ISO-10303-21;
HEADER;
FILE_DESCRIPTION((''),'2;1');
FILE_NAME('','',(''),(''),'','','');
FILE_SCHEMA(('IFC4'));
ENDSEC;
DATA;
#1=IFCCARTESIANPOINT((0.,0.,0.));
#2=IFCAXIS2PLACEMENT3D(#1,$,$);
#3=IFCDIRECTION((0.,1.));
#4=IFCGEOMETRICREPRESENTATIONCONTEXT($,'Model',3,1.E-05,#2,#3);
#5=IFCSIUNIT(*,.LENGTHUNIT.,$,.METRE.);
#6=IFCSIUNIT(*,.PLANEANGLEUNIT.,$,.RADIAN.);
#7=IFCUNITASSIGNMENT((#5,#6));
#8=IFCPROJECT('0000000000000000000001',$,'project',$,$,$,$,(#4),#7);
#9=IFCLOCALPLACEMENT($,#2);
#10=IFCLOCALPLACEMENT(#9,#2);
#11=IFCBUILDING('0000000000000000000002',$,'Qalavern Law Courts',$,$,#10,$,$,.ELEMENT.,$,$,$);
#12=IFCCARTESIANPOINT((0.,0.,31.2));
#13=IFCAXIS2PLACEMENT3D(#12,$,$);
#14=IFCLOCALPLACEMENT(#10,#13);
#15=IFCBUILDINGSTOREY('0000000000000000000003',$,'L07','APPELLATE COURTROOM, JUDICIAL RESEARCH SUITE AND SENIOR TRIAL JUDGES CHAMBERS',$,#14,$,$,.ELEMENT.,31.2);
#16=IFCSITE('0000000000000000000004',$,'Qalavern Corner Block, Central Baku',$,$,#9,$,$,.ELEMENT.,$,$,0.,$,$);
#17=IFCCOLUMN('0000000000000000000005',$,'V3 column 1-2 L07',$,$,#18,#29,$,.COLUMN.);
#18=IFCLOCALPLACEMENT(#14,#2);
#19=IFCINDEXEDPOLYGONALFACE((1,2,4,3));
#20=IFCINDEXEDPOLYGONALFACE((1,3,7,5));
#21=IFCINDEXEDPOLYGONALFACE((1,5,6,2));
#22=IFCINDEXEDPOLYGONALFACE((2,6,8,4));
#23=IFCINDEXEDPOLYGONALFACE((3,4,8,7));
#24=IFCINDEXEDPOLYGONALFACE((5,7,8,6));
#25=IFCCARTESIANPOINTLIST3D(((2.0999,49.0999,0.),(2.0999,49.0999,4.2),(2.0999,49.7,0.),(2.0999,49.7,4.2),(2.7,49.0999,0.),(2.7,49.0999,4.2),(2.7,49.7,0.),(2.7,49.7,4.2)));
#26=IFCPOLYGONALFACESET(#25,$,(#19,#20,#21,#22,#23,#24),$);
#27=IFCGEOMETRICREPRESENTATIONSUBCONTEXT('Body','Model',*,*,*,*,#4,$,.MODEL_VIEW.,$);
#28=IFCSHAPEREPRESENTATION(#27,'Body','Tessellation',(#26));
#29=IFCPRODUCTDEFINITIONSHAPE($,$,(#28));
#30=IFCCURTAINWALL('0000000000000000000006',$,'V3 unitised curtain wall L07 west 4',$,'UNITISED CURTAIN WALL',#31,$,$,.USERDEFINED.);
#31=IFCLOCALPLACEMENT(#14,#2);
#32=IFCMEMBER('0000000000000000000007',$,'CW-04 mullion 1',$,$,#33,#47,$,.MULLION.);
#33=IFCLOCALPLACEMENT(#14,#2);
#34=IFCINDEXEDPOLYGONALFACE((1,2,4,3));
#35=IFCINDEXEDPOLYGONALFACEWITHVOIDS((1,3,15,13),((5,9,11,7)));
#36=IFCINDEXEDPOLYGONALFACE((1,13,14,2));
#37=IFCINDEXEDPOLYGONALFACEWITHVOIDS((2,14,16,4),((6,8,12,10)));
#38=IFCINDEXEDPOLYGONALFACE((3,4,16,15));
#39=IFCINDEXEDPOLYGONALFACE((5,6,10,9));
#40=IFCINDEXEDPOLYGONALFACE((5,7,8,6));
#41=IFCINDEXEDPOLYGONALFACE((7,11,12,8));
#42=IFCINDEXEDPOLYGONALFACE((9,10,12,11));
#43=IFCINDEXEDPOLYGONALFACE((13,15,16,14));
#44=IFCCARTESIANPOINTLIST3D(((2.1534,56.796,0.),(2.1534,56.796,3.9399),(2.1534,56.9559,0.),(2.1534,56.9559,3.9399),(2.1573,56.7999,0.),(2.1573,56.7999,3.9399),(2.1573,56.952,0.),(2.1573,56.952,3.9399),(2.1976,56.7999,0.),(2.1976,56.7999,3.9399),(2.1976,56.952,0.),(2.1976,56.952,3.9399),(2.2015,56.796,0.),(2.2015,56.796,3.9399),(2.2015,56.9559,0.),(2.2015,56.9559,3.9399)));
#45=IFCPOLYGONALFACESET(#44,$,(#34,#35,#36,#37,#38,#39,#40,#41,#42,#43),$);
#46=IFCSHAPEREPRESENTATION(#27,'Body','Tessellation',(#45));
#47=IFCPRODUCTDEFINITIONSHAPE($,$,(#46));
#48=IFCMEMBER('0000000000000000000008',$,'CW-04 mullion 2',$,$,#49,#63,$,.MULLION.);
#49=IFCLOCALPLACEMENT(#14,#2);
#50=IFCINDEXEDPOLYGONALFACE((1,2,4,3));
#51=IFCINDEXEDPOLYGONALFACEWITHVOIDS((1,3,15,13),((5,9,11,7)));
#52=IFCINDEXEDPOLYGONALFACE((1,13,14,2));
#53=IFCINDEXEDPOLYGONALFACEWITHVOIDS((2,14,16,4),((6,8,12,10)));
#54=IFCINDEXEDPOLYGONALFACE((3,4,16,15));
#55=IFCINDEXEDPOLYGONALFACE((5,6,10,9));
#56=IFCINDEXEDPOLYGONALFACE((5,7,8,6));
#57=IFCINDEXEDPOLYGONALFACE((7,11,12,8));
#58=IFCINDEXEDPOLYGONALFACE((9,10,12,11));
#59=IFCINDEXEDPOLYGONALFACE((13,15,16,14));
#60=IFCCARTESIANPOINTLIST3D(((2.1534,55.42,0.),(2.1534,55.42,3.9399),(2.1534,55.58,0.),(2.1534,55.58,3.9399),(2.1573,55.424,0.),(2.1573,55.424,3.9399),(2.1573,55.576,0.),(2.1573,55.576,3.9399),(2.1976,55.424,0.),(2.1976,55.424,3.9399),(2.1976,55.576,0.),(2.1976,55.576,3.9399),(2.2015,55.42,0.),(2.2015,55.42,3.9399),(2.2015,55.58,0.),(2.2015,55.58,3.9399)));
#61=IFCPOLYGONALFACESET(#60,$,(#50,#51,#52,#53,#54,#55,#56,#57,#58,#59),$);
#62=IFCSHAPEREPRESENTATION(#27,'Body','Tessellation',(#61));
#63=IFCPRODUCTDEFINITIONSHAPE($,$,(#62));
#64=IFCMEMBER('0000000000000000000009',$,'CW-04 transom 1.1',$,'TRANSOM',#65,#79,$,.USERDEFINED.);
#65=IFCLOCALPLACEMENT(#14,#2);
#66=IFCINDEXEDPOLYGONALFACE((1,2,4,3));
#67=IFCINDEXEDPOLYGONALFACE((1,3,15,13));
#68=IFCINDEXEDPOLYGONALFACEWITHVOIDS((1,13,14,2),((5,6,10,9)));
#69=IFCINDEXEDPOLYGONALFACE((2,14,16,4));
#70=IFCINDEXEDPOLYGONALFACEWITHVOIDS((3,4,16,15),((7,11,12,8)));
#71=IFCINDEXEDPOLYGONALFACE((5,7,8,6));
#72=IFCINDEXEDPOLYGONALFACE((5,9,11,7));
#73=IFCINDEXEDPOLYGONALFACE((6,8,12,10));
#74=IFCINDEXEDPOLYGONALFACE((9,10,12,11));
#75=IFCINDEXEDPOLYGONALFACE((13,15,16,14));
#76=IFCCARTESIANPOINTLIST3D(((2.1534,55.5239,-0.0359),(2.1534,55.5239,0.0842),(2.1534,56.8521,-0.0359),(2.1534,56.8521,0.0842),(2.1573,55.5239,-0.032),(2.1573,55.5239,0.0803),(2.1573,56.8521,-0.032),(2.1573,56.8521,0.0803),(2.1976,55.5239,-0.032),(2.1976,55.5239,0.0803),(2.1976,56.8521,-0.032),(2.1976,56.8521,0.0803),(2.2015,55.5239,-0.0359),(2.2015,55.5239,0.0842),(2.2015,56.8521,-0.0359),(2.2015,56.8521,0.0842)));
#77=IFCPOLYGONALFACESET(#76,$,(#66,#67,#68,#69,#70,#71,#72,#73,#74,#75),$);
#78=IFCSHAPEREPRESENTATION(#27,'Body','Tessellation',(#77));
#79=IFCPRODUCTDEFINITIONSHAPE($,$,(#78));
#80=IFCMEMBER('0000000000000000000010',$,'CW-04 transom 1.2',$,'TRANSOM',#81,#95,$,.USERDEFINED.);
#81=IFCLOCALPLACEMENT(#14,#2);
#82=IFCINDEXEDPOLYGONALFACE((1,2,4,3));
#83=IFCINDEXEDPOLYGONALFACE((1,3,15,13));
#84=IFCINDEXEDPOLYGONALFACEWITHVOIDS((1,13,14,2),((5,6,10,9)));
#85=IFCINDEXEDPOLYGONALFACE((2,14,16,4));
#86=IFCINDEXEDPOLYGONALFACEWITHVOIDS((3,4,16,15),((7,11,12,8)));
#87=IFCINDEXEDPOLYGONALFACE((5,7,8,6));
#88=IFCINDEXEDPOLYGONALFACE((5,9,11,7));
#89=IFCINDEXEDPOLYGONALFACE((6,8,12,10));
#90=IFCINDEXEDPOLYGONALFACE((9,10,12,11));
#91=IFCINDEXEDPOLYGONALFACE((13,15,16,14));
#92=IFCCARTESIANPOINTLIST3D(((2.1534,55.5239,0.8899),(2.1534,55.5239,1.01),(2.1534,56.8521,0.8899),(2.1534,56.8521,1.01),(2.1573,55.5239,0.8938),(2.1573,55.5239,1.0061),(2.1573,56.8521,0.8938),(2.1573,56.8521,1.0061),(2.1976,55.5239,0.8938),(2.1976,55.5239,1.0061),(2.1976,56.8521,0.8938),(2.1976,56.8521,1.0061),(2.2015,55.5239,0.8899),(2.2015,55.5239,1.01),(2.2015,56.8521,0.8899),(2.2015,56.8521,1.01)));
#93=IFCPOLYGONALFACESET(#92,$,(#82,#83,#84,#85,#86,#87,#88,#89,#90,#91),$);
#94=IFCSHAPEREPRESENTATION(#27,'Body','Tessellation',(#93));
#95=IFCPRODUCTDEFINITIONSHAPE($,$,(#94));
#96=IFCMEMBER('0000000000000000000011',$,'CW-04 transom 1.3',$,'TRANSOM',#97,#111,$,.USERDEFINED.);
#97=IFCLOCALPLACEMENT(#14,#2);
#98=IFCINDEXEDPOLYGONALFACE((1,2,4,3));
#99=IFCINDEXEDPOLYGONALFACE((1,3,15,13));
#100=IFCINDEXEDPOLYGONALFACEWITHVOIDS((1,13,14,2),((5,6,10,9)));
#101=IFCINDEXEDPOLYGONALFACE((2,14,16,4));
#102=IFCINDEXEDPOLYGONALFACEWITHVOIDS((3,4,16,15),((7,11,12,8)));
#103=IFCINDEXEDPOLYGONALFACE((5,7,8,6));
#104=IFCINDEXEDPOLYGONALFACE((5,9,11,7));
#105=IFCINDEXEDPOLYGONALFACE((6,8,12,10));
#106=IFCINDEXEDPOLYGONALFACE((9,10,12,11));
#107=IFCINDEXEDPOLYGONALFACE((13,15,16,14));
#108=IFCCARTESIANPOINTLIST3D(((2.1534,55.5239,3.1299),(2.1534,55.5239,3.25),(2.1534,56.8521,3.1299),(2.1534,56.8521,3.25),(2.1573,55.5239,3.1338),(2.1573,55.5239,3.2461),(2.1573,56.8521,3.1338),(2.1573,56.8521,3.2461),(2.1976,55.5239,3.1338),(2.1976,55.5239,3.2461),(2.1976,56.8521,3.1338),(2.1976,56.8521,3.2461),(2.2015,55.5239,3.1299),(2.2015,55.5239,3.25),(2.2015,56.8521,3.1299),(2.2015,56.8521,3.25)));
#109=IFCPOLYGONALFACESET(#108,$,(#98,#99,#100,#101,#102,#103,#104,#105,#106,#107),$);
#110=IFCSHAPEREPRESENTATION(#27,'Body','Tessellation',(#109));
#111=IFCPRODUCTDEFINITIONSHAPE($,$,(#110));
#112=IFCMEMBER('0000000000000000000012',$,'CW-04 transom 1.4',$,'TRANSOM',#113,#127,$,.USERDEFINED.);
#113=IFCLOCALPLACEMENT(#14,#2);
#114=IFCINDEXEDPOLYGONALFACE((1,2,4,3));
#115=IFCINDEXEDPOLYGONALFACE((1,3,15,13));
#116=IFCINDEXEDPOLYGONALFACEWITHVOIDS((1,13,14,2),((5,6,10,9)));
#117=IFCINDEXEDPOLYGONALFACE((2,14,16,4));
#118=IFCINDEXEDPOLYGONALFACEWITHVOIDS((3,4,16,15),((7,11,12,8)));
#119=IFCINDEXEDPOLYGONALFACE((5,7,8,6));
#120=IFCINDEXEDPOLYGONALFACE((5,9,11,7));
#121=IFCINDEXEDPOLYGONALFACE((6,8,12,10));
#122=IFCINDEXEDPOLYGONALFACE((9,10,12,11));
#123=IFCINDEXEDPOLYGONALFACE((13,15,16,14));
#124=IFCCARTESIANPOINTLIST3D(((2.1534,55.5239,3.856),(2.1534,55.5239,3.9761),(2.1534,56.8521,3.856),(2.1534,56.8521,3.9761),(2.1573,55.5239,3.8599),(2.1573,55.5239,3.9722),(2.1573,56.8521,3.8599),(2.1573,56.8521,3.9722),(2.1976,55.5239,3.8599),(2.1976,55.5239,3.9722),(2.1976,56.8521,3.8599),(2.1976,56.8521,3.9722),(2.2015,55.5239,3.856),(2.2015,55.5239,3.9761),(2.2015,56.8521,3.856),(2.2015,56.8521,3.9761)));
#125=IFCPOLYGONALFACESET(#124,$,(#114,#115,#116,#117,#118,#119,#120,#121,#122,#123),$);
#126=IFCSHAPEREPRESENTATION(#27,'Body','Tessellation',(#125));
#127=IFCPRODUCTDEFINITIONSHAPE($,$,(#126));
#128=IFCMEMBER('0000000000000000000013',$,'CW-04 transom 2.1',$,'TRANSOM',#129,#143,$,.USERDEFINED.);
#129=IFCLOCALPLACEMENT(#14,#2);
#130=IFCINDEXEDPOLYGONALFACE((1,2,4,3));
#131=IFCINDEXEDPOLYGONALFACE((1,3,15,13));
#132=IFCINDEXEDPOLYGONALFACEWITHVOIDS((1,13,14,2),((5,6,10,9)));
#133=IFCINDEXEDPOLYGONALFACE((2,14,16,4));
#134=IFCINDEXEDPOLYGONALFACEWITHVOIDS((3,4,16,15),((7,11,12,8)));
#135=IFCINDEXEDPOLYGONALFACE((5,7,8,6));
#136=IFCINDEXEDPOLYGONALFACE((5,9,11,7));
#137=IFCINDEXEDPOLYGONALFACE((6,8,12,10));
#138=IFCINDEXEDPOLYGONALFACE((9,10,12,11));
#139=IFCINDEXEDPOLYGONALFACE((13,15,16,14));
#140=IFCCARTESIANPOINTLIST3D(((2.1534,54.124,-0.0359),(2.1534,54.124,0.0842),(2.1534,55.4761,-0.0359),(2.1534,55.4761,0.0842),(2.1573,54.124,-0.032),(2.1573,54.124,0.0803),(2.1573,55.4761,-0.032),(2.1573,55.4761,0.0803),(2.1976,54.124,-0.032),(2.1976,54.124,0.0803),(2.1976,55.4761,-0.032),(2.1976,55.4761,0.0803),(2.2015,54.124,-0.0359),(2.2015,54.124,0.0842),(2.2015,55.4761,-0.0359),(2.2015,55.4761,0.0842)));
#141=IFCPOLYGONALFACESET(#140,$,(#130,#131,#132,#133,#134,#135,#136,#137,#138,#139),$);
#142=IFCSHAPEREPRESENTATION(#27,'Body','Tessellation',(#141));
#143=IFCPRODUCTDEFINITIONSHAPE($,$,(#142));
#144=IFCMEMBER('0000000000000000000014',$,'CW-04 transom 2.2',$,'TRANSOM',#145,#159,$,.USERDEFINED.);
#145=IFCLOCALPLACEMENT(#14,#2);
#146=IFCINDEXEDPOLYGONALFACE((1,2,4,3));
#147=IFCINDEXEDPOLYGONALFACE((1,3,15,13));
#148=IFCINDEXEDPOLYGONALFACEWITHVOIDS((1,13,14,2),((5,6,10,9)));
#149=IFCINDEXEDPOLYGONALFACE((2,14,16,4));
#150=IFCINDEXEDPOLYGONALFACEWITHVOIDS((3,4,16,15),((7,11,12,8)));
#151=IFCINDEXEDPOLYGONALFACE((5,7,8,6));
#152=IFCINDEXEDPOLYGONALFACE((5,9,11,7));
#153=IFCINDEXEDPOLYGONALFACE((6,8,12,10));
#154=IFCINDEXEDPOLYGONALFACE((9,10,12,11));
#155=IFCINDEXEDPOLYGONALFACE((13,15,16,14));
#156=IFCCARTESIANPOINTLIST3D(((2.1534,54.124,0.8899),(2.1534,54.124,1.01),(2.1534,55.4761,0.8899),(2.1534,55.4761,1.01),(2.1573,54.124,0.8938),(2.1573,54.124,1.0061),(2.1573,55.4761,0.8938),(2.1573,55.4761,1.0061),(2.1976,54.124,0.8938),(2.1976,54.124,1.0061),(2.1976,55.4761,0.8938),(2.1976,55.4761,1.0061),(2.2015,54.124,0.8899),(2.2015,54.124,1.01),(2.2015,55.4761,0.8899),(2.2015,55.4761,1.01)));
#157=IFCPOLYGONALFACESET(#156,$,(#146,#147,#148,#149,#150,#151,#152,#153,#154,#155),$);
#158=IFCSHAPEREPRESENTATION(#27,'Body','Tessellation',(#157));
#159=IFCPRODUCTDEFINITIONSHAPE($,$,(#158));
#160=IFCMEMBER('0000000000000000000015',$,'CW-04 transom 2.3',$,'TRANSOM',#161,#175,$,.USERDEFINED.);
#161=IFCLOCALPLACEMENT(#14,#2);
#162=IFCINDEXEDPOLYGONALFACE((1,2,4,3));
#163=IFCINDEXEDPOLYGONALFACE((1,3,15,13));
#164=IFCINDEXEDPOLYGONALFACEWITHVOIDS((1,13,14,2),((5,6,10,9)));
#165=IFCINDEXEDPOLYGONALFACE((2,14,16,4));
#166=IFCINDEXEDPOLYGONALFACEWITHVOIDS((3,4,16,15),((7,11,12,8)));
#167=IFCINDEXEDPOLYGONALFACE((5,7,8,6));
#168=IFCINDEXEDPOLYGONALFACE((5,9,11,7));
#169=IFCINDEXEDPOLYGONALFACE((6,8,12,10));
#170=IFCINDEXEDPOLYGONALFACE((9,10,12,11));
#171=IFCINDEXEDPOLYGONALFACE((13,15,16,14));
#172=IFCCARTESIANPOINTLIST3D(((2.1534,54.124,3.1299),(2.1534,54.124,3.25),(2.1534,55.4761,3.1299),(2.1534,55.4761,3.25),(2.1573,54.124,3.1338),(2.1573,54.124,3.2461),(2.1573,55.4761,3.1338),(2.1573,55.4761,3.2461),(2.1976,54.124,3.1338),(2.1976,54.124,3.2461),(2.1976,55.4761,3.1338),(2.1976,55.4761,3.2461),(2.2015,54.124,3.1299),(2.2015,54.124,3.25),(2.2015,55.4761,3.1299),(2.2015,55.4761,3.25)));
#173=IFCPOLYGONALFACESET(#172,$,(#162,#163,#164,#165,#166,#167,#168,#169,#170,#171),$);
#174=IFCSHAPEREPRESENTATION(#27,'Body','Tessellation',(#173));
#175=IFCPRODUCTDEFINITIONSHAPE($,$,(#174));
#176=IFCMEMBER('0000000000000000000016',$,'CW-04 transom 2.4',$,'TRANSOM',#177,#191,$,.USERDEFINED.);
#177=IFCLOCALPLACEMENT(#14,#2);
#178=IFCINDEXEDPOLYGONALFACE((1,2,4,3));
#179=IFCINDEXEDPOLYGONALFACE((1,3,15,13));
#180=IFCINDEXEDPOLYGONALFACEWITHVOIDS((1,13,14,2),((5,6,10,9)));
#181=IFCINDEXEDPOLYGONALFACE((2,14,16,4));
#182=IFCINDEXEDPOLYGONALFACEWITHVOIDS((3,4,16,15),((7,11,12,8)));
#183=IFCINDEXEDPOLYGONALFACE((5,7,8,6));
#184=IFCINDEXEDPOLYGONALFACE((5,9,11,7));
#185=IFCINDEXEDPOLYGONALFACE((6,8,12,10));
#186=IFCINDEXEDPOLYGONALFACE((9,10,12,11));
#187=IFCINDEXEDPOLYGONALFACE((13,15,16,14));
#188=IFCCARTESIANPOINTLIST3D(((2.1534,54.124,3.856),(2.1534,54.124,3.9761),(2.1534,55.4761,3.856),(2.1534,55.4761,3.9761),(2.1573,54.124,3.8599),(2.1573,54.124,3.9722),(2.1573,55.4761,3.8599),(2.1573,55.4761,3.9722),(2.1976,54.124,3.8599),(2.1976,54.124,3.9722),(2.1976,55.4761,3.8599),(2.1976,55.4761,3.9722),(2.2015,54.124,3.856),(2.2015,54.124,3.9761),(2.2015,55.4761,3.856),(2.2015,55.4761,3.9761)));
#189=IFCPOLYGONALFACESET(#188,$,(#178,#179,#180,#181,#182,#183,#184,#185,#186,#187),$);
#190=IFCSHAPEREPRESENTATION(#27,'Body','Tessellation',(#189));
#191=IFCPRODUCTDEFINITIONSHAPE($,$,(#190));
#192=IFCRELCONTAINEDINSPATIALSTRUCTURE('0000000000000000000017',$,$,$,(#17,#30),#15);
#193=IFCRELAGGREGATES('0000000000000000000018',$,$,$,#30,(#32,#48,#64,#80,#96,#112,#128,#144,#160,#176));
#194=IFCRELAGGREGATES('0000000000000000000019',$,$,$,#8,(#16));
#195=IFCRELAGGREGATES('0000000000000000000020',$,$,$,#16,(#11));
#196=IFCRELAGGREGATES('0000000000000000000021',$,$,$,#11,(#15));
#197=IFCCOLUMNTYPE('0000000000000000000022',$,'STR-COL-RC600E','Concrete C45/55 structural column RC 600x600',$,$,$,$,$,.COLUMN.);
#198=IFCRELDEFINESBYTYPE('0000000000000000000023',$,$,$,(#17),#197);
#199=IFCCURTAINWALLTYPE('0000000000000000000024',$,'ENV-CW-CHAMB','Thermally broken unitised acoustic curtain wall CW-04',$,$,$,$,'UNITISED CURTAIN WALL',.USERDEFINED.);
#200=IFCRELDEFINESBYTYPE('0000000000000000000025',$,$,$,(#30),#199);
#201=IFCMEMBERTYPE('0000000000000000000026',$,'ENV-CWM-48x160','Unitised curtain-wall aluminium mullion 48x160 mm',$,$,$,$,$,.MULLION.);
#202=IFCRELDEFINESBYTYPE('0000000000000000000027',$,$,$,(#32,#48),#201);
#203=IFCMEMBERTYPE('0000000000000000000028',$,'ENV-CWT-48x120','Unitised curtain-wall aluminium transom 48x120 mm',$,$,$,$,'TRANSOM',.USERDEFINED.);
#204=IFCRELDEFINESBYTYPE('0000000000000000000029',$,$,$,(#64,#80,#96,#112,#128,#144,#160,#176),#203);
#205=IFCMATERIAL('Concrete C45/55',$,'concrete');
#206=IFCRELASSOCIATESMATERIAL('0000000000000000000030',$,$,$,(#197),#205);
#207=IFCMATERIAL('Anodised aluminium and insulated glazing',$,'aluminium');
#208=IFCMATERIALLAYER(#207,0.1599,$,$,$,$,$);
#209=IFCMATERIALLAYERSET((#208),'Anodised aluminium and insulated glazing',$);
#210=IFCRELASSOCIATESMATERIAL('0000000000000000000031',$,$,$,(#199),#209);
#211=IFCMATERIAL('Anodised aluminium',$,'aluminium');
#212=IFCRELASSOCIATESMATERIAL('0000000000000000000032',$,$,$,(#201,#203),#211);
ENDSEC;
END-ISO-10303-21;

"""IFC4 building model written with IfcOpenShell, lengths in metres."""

from ifc_helpers import new_model, si_unit, direction, frame, origin, origin_2d, place, context, subcontext, project, spatial, rectangle, hollow_rectangle, extrude, material, layer, layer_set, material_profile, profile_set, type_object, element, aggregate, save


model = new_model("IFC4")

# Units and contexts
model_context = context("Model", 3, precision=1e-05, world=origin(), true_north=direction((0.0, 1.0)))
body_context = subcontext(model_context, "Body", "Model", "MODEL_VIEW")
ifc_project = project(units=[si_unit("LENGTHUNIT", "METRE"), si_unit("PLANEANGLEUNIT", "RADIAN")], contexts=[model_context])

# Site, building, storey
site_placement = place(None, origin())
site = spatial("IfcSite", under=ifc_project, at=site_placement, Name="Qalavern Corner Block, Central Baku", CompositionType="ELEMENT", RefElevation=0.0)
building_placement = place(site_placement, origin())
building = spatial("IfcBuilding", under=site, at=building_placement, Name="Qalavern Law Courts", CompositionType="ELEMENT")
storey_placement = place(building_placement, frame((0.0, 0.0, 31.2)))
storey = spatial("IfcBuildingStorey", under=building, at=storey_placement, Name="L07", Description="APPELLATE COURTROOM, JUDICIAL RESEARCH SUITE AND SENIOR TRIAL JUDGES CHAMBERS", CompositionType="ELEMENT", Elevation=31.2)

# Column
ifc_material_1 = material(Name="Concrete C45/55", Category="concrete")
ifc_material_profile_1 = material_profile(ifc_material_1, rectangle(XDim=0.6001, YDim=0.6001, at=origin_2d()), Name="RC 600x600")
ifc_profile_set_1 = profile_set([ifc_material_profile_1], Name="Concrete C45/55")
column_type = type_object("IfcColumnType", Name="STR-COL-RC600E", Description="Concrete C45/55 structural column RC 600x600", PredefinedType="COLUMN", material=ifc_profile_set_1)
column_placement = place(storey_placement, frame((2.3999, 49.3999, 0.0), z_axis=(0.0, 0.0, 1.0), x_axis=(1.0, 0.0, 0.0)))
element("IfcColumn", 1, at=column_placement, inside=storey, type_object=column_type, Name="V3 column 1-2 L07", PredefinedType="COLUMN", context=body_context, shape_type="SweptSolid", body=[
    extrude(rectangle(XDim=0.6001, YDim=0.6001, at=origin_2d()), origin(), (0.0, 0.0, 1.0), 4.2),
])

# Curtain wall, members
ifc_material_2 = material(Name="Anodised aluminium and insulated glazing", Category="aluminium")
ifc_layer_1 = layer(ifc_material_2, 0.1599)
ifc_layer_set_1 = layer_set([ifc_layer_1], Name="Anodised aluminium and insulated glazing")
curtain_wall_type = type_object("IfcCurtainWallType", Name="ENV-CW-CHAMB", Description="Thermally broken unitised acoustic curtain wall CW-04", ElementType="UNITISED CURTAIN WALL", PredefinedType="USERDEFINED", material=ifc_layer_set_1)
curtain_wall_placement = place(storey_placement, origin())
curtain_wall = element("IfcCurtainWall", 2, at=curtain_wall_placement, inside=storey, type_object=curtain_wall_type, Name="V3 unitised curtain wall L07 west 4", ObjectType="UNITISED CURTAIN WALL", PredefinedType="USERDEFINED")
ifc_material_3 = material(Name="Anodised aluminium", Category="aluminium")
ifc_material_profile_2 = material_profile(ifc_material_3, hollow_rectangle(XDim=0.0481, YDim=0.1599, WallThickness=0.0039, at=origin_2d()), Name="ALU MULLION 48x160")
ifc_profile_set_2 = profile_set([ifc_material_profile_2], Name="Anodised aluminium")
member_type_1 = type_object("IfcMemberType", Name="ENV-CWM-48x160", Description="Unitised curtain-wall aluminium mullion 48x160 mm", PredefinedType="MULLION", material=ifc_profile_set_2)
member_1_placement = place(storey_placement, frame((2.1775, 56.876, 0.0), z_axis=(0.0, 0.0, 1.0), x_axis=(1.0, 0.0, 0.0)))
member_1 = element("IfcMember", 3, at=member_1_placement, type_object=member_type_1, Name="CW-04 mullion 1", PredefinedType="MULLION", context=body_context, shape_type="SweptSolid", body=[
    extrude(hollow_rectangle(XDim=0.0481, YDim=0.1599, WallThickness=0.0039, at=origin_2d()), origin(), (0.0, 0.0, 1.0), 3.9399),
])
member_2_placement = place(storey_placement, frame((2.1775, 55.5, 0.0), z_axis=(0.0, 0.0, 1.0), x_axis=(1.0, 0.0, 0.0)))
member_2 = element("IfcMember", 4, at=member_2_placement, type_object=member_type_1, Name="CW-04 mullion 2", PredefinedType="MULLION", context=body_context, shape_type="SweptSolid", body=[
    extrude(hollow_rectangle(XDim=0.0481, YDim=0.1599, WallThickness=0.0039, at=origin_2d()), origin(), (0.0, 0.0, 1.0), 3.9399),
])
ifc_material_profile_3 = material_profile(ifc_material_3, hollow_rectangle(XDim=0.0481, YDim=0.1201, WallThickness=0.0039, at=origin_2d()), Name="ALU TRANSOM 48x120")
ifc_profile_set_3 = profile_set([ifc_material_profile_3], Name="Anodised aluminium")
member_type_2 = type_object("IfcMemberType", Name="ENV-CWT-48x120", Description="Unitised curtain-wall aluminium transom 48x120 mm", ElementType="TRANSOM", PredefinedType="USERDEFINED", material=ifc_profile_set_3)
member_3_placement = place(storey_placement, frame((2.1775, 56.8521, 0.0242), z_axis=(0.0, -1.0, 0.0), x_axis=(1.0, 0.0, 0.0)))
member_3 = element("IfcMember", 5, at=member_3_placement, type_object=member_type_2, Name="CW-04 transom 1.1", ObjectType="TRANSOM", PredefinedType="USERDEFINED", context=body_context, shape_type="SweptSolid", body=[
    extrude(hollow_rectangle(XDim=0.0481, YDim=0.1201, WallThickness=0.0039, at=origin_2d()), origin(), (0.0, 0.0, 1.0), 1.3281),
])
member_4_placement = place(storey_placement, frame((2.1775, 56.8521, 0.95), z_axis=(0.0, -1.0, 0.0), x_axis=(1.0, 0.0, 0.0)))
member_4 = element("IfcMember", 6, at=member_4_placement, type_object=member_type_2, Name="CW-04 transom 1.2", ObjectType="TRANSOM", PredefinedType="USERDEFINED", context=body_context, shape_type="SweptSolid", body=[
    extrude(hollow_rectangle(XDim=0.0481, YDim=0.1201, WallThickness=0.0039, at=origin_2d()), origin(), (0.0, 0.0, 1.0), 1.3281),
])
member_5_placement = place(storey_placement, frame((2.1775, 56.8521, 3.1899), z_axis=(0.0, -1.0, 0.0), x_axis=(1.0, 0.0, 0.0)))
member_5 = element("IfcMember", 7, at=member_5_placement, type_object=member_type_2, Name="CW-04 transom 1.3", ObjectType="TRANSOM", PredefinedType="USERDEFINED", context=body_context, shape_type="SweptSolid", body=[
    extrude(hollow_rectangle(XDim=0.0481, YDim=0.1201, WallThickness=0.0039, at=origin_2d()), origin(), (0.0, 0.0, 1.0), 1.3281),
])
member_6_placement = place(storey_placement, frame((2.1775, 56.8521, 3.916), z_axis=(0.0, -1.0, 0.0), x_axis=(1.0, 0.0, 0.0)))
member_6 = element("IfcMember", 8, at=member_6_placement, type_object=member_type_2, Name="CW-04 transom 1.4", ObjectType="TRANSOM", PredefinedType="USERDEFINED", context=body_context, shape_type="SweptSolid", body=[
    extrude(hollow_rectangle(XDim=0.0481, YDim=0.1201, WallThickness=0.0039, at=origin_2d()), origin(), (0.0, 0.0, 1.0), 1.3281),
])
member_7_placement = place(storey_placement, frame((2.1775, 55.4761, 0.0242), z_axis=(0.0, -1.0, 0.0), x_axis=(1.0, 0.0, 0.0)))
member_7 = element("IfcMember", 9, at=member_7_placement, type_object=member_type_2, Name="CW-04 transom 2.1", ObjectType="TRANSOM", PredefinedType="USERDEFINED", context=body_context, shape_type="SweptSolid", body=[
    extrude(hollow_rectangle(XDim=0.0481, YDim=0.1201, WallThickness=0.0039, at=origin_2d()), origin(), (0.0, 0.0, 1.0), 1.3521),
])
member_8_placement = place(storey_placement, frame((2.1775, 55.4761, 0.95), z_axis=(0.0, -1.0, 0.0), x_axis=(1.0, 0.0, 0.0)))
member_8 = element("IfcMember", 10, at=member_8_placement, type_object=member_type_2, Name="CW-04 transom 2.2", ObjectType="TRANSOM", PredefinedType="USERDEFINED", context=body_context, shape_type="SweptSolid", body=[
    extrude(hollow_rectangle(XDim=0.0481, YDim=0.1201, WallThickness=0.0039, at=origin_2d()), origin(), (0.0, 0.0, 1.0), 1.3521),
])
member_9_placement = place(storey_placement, frame((2.1775, 55.4761, 3.1899), z_axis=(0.0, -1.0, 0.0), x_axis=(1.0, 0.0, 0.0)))
member_9 = element("IfcMember", 11, at=member_9_placement, type_object=member_type_2, Name="CW-04 transom 2.3", ObjectType="TRANSOM", PredefinedType="USERDEFINED", context=body_context, shape_type="SweptSolid", body=[
    extrude(hollow_rectangle(XDim=0.0481, YDim=0.1201, WallThickness=0.0039, at=origin_2d()), origin(), (0.0, 0.0, 1.0), 1.3521),
])
member_10_placement = place(storey_placement, frame((2.1775, 55.4761, 3.916), z_axis=(0.0, -1.0, 0.0), x_axis=(1.0, 0.0, 0.0)))
member_10 = element("IfcMember", 12, at=member_10_placement, type_object=member_type_2, Name="CW-04 transom 2.4", ObjectType="TRANSOM", PredefinedType="USERDEFINED", context=body_context, shape_type="SweptSolid", body=[
    extrude(hollow_rectangle(XDim=0.0481, YDim=0.1201, WallThickness=0.0039, at=origin_2d()), origin(), (0.0, 0.0, 1.0), 1.3521),
])

aggregate(curtain_wall, [member_1, member_2, member_3, member_4, member_5, member_6, member_7, member_8, member_9, member_10])

save(model, "model.ifc")
